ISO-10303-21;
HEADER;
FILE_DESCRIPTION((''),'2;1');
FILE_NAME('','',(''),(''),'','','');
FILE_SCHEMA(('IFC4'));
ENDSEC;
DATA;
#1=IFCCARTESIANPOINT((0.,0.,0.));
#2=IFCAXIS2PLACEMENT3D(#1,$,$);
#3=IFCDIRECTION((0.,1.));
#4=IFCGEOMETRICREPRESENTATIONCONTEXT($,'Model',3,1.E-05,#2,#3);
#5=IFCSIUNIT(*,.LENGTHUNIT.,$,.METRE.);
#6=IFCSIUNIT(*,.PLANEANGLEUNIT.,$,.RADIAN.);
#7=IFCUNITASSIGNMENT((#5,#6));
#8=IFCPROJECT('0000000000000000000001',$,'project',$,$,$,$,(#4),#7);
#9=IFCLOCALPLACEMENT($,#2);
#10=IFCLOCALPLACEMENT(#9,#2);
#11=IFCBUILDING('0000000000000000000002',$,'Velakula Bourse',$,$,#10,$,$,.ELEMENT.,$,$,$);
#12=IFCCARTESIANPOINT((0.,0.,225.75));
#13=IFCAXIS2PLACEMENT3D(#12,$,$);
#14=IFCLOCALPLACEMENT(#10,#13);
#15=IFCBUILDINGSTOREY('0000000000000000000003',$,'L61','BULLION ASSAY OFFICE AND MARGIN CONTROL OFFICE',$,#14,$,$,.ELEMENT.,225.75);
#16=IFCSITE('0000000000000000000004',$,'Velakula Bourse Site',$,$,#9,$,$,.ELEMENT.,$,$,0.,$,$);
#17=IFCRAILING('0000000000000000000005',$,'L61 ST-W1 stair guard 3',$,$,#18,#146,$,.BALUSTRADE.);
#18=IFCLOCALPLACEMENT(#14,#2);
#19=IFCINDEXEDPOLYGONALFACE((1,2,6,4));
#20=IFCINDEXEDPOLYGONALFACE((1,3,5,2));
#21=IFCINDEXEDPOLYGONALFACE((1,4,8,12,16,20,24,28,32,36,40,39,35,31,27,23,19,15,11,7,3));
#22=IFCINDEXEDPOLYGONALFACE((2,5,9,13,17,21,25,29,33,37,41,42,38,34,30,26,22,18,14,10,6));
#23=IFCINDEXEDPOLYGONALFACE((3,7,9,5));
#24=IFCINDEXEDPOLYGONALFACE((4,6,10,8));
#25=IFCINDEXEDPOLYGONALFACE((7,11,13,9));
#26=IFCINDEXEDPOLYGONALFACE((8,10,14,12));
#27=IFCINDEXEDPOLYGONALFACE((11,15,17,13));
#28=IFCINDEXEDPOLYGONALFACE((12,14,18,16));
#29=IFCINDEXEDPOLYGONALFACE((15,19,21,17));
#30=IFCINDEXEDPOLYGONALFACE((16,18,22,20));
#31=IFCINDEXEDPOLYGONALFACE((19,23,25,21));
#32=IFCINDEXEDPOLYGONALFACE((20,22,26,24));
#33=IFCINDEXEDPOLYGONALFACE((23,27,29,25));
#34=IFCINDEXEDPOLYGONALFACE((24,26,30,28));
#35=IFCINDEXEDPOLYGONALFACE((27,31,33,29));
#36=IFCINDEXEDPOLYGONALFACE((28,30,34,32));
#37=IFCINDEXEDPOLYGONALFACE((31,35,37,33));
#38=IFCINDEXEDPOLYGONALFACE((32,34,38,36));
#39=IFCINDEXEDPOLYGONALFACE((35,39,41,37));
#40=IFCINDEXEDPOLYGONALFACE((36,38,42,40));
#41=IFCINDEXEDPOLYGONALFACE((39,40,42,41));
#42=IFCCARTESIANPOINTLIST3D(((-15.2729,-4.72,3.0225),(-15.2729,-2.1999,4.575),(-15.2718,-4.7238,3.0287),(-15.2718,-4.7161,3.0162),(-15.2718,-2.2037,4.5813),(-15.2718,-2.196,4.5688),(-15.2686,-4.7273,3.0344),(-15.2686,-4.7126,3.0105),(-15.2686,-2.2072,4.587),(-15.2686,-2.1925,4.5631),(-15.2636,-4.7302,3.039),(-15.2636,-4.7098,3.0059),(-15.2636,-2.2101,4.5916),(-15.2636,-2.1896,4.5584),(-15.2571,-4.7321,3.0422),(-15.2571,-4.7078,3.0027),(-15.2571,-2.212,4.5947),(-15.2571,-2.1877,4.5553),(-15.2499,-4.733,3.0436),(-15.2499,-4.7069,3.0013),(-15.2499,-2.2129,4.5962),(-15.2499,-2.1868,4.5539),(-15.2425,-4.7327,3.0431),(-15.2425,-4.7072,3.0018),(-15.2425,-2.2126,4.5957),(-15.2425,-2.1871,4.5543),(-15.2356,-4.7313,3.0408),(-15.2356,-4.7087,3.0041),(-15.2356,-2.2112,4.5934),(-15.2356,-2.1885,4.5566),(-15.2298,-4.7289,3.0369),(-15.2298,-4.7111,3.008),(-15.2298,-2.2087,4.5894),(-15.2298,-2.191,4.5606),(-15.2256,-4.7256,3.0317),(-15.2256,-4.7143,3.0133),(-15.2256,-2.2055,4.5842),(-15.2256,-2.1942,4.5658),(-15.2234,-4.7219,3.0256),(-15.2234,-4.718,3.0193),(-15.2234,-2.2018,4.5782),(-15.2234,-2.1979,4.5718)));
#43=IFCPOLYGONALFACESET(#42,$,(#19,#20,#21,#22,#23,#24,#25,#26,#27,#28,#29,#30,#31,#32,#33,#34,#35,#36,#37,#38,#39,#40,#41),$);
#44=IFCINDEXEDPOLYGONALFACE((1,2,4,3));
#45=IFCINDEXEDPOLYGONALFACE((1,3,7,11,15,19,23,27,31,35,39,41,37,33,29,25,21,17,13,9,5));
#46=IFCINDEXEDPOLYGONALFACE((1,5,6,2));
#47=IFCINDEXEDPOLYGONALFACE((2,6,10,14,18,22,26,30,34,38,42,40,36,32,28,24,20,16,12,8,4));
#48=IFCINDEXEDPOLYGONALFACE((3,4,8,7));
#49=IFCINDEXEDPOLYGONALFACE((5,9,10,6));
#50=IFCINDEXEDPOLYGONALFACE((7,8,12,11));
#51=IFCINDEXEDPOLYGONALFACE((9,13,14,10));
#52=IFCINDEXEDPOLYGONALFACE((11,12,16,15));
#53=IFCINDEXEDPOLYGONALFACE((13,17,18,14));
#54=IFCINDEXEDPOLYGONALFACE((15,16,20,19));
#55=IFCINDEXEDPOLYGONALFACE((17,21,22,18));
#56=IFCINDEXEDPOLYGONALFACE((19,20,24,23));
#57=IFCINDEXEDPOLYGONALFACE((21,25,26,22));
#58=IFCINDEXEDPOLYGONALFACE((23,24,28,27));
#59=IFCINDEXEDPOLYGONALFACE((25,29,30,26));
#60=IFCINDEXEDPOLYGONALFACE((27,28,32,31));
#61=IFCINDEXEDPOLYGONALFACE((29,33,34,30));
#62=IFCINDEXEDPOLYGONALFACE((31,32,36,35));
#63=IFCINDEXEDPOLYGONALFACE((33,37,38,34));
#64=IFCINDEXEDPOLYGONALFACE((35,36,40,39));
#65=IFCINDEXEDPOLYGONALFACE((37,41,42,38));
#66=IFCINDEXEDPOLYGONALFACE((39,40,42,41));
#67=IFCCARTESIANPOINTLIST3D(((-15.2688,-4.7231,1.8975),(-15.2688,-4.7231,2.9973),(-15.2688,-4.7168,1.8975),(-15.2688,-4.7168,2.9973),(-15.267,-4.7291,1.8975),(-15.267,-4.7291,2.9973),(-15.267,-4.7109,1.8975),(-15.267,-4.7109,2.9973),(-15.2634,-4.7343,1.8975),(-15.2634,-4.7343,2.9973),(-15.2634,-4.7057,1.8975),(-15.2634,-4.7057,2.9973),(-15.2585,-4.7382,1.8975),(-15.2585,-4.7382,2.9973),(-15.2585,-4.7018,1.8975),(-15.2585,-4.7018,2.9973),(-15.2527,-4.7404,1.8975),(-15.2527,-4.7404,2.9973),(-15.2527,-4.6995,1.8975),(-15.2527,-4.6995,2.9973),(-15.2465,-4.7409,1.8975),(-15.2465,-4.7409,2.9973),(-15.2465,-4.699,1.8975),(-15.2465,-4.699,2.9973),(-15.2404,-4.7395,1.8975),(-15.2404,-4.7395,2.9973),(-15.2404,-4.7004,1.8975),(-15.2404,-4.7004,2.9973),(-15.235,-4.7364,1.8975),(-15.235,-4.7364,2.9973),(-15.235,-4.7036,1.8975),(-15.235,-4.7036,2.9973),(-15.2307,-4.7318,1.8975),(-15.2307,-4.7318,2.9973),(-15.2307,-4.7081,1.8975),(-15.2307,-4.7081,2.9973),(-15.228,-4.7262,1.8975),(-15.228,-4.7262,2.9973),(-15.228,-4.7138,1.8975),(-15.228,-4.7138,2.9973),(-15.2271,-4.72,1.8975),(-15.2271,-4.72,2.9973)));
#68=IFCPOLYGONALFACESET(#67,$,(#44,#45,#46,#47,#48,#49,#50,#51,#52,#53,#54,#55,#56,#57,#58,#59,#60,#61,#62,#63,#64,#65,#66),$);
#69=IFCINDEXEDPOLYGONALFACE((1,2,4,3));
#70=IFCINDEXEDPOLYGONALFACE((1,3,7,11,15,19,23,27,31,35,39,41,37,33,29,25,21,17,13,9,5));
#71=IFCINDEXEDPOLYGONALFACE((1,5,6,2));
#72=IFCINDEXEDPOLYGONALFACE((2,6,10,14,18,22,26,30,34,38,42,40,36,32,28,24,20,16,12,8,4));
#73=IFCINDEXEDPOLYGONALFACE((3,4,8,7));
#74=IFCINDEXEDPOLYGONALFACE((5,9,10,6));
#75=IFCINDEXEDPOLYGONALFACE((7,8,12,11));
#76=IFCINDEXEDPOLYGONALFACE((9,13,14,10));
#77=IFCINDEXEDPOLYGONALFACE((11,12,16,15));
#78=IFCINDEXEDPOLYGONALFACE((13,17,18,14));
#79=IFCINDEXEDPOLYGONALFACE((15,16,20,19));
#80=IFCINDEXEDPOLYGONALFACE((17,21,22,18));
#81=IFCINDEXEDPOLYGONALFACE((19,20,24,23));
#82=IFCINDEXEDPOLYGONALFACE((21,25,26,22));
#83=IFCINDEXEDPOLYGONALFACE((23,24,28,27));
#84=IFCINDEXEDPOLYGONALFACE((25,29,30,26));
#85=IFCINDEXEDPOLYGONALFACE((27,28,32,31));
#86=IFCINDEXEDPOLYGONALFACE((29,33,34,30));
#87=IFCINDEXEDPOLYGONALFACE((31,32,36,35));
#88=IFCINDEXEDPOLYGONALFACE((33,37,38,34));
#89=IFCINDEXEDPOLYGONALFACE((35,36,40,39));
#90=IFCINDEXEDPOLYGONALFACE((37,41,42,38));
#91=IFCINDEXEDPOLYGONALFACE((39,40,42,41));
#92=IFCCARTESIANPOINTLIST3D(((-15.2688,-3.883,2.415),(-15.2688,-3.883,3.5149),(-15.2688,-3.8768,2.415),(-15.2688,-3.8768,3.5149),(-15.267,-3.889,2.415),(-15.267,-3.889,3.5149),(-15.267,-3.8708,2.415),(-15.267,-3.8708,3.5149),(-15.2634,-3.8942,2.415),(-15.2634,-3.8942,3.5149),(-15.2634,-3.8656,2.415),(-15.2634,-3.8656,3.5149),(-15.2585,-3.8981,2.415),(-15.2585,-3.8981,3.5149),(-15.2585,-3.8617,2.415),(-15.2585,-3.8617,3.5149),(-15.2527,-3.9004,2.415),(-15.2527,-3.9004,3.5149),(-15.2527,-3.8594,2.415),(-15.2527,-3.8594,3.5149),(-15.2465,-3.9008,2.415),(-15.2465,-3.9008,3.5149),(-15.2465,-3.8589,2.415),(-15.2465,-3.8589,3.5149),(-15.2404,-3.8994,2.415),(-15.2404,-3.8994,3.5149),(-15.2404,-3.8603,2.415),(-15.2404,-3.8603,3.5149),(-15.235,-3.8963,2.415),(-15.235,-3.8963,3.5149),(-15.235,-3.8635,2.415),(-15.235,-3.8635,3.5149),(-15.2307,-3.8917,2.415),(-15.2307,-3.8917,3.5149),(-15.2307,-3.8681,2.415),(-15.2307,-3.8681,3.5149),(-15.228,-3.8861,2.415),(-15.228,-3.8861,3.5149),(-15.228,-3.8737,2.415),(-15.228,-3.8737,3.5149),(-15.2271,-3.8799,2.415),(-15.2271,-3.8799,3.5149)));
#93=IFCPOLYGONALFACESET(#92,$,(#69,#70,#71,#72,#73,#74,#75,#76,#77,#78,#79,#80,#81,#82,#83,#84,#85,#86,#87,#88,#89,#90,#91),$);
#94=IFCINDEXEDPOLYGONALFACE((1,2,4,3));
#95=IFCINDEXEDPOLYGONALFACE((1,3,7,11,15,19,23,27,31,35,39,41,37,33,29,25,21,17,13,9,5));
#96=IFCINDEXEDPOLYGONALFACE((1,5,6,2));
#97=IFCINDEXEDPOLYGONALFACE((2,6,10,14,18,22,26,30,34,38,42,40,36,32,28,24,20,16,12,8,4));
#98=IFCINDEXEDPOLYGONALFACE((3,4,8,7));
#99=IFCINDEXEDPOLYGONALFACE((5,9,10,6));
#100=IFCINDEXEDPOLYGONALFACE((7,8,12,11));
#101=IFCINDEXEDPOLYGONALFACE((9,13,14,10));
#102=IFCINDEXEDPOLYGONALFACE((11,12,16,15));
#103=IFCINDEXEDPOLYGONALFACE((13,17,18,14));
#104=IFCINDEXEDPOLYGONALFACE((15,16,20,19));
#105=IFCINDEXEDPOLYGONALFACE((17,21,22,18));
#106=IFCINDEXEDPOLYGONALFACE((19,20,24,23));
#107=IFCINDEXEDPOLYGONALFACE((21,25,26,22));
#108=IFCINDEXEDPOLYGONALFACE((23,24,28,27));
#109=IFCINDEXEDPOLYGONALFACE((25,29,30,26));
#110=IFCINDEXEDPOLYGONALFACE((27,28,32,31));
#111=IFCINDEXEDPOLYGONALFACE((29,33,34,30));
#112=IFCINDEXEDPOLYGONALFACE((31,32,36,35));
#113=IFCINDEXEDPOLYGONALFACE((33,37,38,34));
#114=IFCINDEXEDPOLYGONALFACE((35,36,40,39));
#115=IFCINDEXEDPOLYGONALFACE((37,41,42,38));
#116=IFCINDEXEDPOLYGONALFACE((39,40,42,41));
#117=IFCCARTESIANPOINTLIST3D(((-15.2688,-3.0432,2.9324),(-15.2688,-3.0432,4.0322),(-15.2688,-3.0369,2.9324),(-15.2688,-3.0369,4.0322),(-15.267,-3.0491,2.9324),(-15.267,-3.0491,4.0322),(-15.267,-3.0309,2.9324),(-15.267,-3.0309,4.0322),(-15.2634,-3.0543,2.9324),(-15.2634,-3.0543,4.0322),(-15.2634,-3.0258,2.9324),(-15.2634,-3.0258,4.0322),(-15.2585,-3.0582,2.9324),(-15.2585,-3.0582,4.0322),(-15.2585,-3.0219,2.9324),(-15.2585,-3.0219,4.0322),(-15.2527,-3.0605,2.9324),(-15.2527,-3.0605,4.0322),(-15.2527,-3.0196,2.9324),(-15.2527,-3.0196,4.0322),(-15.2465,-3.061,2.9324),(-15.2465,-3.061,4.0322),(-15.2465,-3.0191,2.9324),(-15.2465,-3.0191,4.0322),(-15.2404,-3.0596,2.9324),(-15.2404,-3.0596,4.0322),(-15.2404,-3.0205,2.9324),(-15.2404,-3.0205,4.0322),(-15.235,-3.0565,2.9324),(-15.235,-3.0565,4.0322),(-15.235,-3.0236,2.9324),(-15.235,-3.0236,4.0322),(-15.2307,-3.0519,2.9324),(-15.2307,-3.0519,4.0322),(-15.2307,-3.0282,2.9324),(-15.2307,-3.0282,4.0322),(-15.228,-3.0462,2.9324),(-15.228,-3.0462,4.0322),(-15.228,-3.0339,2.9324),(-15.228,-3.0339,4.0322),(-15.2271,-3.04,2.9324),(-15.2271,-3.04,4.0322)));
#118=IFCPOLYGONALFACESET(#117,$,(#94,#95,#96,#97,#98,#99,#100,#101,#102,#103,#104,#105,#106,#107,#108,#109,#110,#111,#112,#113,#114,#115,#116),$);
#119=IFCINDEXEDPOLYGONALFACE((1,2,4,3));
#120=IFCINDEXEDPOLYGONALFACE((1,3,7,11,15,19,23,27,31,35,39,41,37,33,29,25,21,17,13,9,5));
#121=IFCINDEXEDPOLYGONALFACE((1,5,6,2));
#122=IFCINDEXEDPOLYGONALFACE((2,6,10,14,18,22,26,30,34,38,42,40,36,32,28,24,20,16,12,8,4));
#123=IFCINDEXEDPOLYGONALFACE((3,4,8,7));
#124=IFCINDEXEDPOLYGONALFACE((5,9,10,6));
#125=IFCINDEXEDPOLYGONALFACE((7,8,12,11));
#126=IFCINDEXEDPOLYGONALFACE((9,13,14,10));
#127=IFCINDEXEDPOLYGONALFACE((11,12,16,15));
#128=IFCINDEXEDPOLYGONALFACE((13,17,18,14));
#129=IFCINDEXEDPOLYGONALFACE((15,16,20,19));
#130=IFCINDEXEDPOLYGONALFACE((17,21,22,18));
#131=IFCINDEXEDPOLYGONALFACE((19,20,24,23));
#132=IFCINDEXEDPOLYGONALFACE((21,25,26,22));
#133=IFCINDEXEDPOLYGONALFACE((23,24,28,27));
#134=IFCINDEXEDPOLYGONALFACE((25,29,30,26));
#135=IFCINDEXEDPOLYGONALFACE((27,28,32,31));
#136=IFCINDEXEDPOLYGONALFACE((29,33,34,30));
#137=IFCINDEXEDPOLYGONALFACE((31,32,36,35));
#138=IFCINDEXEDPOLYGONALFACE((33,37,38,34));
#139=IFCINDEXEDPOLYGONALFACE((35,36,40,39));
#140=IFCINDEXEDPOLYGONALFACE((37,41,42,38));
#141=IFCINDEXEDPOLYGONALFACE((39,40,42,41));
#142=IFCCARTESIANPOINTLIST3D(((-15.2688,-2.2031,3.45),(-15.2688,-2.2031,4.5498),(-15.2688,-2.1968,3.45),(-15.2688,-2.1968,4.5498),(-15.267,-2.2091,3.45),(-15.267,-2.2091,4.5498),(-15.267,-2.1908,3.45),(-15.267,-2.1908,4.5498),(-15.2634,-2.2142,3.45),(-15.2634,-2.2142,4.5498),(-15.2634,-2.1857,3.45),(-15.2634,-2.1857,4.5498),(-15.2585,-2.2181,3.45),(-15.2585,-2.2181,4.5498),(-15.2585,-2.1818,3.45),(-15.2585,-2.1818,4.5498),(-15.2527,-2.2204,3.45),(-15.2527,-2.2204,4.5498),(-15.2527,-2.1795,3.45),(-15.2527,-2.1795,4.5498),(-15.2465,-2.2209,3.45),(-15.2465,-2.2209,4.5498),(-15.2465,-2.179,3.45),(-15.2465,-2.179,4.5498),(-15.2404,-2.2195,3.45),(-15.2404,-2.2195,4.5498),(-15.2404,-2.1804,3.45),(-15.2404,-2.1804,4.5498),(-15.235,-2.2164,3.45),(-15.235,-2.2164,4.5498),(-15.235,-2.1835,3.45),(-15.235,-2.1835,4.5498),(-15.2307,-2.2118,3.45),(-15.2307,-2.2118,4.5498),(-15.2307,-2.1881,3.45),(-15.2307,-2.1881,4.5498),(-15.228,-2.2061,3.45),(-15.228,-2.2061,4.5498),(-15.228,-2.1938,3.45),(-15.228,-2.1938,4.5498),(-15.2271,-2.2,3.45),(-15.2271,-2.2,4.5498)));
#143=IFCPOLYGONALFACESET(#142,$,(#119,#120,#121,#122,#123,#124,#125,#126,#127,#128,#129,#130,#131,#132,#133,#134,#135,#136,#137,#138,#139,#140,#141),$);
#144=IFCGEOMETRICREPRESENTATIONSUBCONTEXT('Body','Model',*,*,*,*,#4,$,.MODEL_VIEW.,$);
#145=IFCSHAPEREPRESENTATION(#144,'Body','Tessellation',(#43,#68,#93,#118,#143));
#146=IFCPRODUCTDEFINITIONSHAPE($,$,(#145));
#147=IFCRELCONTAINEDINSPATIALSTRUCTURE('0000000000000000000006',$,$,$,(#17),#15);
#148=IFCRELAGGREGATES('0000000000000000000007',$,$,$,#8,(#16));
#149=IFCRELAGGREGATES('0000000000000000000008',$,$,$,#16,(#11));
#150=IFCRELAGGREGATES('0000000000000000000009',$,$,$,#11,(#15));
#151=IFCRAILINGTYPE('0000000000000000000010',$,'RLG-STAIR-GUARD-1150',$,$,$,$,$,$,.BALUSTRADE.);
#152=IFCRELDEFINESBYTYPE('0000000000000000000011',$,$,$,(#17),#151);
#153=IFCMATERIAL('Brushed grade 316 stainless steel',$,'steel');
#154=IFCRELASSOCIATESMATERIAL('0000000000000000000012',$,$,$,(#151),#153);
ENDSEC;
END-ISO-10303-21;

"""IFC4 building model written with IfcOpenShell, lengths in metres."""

from ifc_helpers import new_model, si_unit, direction, frame, origin, origin_2d, place, context, subcontext, project, spatial, circle, extrude, material, type_object, element, save


model = new_model("IFC4")

# Units and contexts
model_context = context("Model", 3, precision=1e-05, world=origin(), true_north=direction((0.0, 1.0)))
body_context = subcontext(model_context, "Body", "Model", "MODEL_VIEW")
ifc_project = project(units=[si_unit("LENGTHUNIT", "METRE"), si_unit("PLANEANGLEUNIT", "RADIAN")], contexts=[model_context])

# Site, building, storey
site_placement = place(None, origin())
site = spatial("IfcSite", under=ifc_project, at=site_placement, Name="Velakula Bourse Site", CompositionType="ELEMENT", RefElevation=0.0)
building_placement = place(site_placement, origin())
building = spatial("IfcBuilding", under=site, at=building_placement, Name="Velakula Bourse", CompositionType="ELEMENT")
storey_placement = place(building_placement, frame((0.0, 0.0, 225.75)))
storey = spatial("IfcBuildingStorey", under=building, at=storey_placement, Name="L61", Description="BULLION ASSAY OFFICE AND MARGIN CONTROL OFFICE", CompositionType="ELEMENT", Elevation=225.75)

# Shared definitions
ifc_material_1 = material(Name="Brushed grade 316 stainless steel", Category="steel")

# Railing
railing_type_1 = type_object("IfcRailingType", Name="RLG-STAIR-GUARD-1150", PredefinedType="BALUSTRADE", material=ifc_material_1)
railing_1_placement = place(storey_placement, frame((-15.248, -4.72, 1.8975)))
element("IfcRailing", 1, at=railing_1_placement, inside=storey, type_object=railing_type_1, Name="L61 ST-W1 stair guard 3", PredefinedType="BALUSTRADE", context=body_context, shape_type="SweptSolid", body=[
    extrude(circle(Radius=0.0249, at=origin_2d()), frame((0.0, 0.0, 1.125), z_axis=(0.0, 0.8514, 0.524516), x_axis=(-1.0, 0.0, 0.0)), (0.0, 0.0, 1.0), 2.96),
    extrude(circle(Radius=0.021, at=origin_2d()), origin(), (0.0, 0.0, 1.0), 1.0999),
    extrude(circle(Radius=0.021, at=origin_2d()), frame((0.0, 0.8401, 0.5176)), (0.0, 0.0, 1.0), 1.0999),
    extrude(circle(Radius=0.021, at=origin_2d()), frame((0.0, 1.6799, 1.0349)), (0.0, 0.0, 1.0), 1.0999),
    extrude(circle(Radius=0.021, at=origin_2d()), frame((0.0, 2.52, 1.5525)), (0.0, 0.0, 1.0), 1.0999),
])

save(model, "model.ifc")
